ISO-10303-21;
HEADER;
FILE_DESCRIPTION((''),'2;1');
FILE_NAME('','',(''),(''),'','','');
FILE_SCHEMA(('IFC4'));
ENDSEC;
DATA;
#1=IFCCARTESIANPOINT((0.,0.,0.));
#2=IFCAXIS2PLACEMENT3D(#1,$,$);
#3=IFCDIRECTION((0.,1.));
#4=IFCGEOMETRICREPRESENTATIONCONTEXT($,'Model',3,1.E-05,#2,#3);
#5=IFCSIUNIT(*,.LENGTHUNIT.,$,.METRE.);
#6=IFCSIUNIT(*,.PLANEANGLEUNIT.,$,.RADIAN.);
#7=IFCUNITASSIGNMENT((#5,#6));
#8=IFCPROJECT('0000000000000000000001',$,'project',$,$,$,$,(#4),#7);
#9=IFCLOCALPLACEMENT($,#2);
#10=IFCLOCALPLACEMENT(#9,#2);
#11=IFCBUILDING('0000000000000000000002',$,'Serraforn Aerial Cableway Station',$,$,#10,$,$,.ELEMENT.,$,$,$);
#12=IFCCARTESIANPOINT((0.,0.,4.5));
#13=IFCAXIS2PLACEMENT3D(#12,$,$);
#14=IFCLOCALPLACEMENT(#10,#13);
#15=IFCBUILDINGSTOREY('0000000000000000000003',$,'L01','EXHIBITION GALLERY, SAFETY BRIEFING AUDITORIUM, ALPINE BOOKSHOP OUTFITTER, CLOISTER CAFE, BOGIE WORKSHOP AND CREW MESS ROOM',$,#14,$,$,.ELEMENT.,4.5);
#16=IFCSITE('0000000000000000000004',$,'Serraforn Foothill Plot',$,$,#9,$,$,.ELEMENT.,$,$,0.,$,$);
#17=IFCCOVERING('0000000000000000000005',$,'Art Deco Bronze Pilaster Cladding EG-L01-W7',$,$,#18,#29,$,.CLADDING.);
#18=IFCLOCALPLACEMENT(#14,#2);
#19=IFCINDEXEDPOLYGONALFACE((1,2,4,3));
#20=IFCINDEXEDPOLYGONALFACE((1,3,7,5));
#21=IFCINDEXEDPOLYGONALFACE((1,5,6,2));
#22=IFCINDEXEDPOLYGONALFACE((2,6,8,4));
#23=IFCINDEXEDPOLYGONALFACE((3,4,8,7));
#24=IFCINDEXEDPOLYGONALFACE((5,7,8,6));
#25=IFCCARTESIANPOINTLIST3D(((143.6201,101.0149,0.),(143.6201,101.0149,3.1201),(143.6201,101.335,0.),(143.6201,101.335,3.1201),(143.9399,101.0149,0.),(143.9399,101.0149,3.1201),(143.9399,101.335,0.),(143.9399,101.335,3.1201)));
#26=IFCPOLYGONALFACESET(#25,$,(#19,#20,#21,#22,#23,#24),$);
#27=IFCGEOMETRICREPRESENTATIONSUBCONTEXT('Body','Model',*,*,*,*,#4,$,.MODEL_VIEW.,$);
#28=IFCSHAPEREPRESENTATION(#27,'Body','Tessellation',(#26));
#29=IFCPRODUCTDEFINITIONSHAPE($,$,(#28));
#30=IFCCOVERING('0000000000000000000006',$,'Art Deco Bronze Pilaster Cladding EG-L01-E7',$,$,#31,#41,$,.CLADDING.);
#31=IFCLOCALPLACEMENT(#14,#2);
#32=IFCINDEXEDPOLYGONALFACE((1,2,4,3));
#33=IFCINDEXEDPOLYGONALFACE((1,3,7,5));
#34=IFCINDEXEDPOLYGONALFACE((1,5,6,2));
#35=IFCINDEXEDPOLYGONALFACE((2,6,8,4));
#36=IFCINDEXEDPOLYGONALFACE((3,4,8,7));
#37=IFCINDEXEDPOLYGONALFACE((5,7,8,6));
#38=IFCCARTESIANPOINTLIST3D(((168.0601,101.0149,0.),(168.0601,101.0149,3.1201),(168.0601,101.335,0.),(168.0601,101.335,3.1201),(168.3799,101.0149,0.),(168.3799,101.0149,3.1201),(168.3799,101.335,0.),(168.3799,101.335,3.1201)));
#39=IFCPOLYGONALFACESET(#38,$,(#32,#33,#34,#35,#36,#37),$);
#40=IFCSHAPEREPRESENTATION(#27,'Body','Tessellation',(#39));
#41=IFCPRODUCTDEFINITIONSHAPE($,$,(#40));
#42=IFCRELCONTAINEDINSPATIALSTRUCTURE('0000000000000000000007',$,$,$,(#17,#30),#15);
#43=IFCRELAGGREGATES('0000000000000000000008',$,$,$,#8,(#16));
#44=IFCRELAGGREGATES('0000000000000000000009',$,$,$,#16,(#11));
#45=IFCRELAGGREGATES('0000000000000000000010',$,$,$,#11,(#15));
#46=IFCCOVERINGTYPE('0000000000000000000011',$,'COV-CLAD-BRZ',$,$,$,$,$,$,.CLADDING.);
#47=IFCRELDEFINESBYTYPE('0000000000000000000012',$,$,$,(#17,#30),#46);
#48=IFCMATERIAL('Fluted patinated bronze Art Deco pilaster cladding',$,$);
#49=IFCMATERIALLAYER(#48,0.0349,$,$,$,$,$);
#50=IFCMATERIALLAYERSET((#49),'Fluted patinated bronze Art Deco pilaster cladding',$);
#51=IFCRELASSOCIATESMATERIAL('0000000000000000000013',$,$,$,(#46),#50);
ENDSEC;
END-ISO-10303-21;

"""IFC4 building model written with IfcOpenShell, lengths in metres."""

from ifc_helpers import new_model, si_unit, direction, frame, origin, place, context, subcontext, project, spatial, polyline, outline, extrude, material, layer, layer_set, type_object, element, save


model = new_model("IFC4")

# Units and contexts
model_context = context("Model", 3, precision=1e-05, world=origin(), true_north=direction((0.0, 1.0)))
body_context = subcontext(model_context, "Body", "Model", "MODEL_VIEW")
ifc_project = project(units=[si_unit("LENGTHUNIT", "METRE"), si_unit("PLANEANGLEUNIT", "RADIAN")], contexts=[model_context])

# Site, building, storey
site_placement = place(None, origin())
site = spatial("IfcSite", under=ifc_project, at=site_placement, Name="Serraforn Foothill Plot", CompositionType="ELEMENT", RefElevation=0.0)
building_placement = place(site_placement, origin())
building = spatial("IfcBuilding", under=site, at=building_placement, Name="Serraforn Aerial Cableway Station", CompositionType="ELEMENT")
storey_placement = place(building_placement, frame((0.0, 0.0, 4.5)))
storey = spatial("IfcBuildingStorey", under=building, at=storey_placement, Name="L01", Description="EXHIBITION GALLERY, SAFETY BRIEFING AUDITORIUM, ALPINE BOOKSHOP OUTFITTER, CLOISTER CAFE, BOGIE WORKSHOP AND CREW MESS ROOM", CompositionType="ELEMENT", Elevation=4.5)

# Coverings
ifc_material_1 = material(Name="Fluted patinated bronze Art Deco pilaster cladding")
ifc_layer_1 = layer(ifc_material_1, 0.0349)
ifc_layer_set_1 = layer_set([ifc_layer_1], Name="Fluted patinated bronze Art Deco pilaster cladding")
covering_type = type_object("IfcCoveringType", Name="COV-CLAD-BRZ", PredefinedType="CLADDING", material=ifc_layer_set_1)
covering_1_placement = place(storey_placement, origin())
element("IfcCovering", 1, at=covering_1_placement, inside=storey, type_object=covering_type, Name="Art Deco Bronze Pilaster Cladding EG-L01-W7", PredefinedType="CLADDING", context=body_context, shape_type="SweptSolid", body=[
    extrude(outline(polyline([(143.6201, 101.0149), (143.9399, 101.0149), (143.9399, 101.335), (143.6201, 101.335), (143.6201, 101.0149)])), origin(), (0.0, 0.0, 1.0), 3.1201),
])
covering_2_placement = place(storey_placement, origin())
element("IfcCovering", 2, at=covering_2_placement, inside=storey, type_object=covering_type, Name="Art Deco Bronze Pilaster Cladding EG-L01-E7", PredefinedType="CLADDING", context=body_context, shape_type="SweptSolid", body=[
    extrude(outline(polyline([(168.0601, 101.0149), (168.3799, 101.0149), (168.3799, 101.335), (168.0601, 101.335), (168.0601, 101.0149)])), origin(), (0.0, 0.0, 1.0), 3.1201),
])

save(model, "model.ifc")
